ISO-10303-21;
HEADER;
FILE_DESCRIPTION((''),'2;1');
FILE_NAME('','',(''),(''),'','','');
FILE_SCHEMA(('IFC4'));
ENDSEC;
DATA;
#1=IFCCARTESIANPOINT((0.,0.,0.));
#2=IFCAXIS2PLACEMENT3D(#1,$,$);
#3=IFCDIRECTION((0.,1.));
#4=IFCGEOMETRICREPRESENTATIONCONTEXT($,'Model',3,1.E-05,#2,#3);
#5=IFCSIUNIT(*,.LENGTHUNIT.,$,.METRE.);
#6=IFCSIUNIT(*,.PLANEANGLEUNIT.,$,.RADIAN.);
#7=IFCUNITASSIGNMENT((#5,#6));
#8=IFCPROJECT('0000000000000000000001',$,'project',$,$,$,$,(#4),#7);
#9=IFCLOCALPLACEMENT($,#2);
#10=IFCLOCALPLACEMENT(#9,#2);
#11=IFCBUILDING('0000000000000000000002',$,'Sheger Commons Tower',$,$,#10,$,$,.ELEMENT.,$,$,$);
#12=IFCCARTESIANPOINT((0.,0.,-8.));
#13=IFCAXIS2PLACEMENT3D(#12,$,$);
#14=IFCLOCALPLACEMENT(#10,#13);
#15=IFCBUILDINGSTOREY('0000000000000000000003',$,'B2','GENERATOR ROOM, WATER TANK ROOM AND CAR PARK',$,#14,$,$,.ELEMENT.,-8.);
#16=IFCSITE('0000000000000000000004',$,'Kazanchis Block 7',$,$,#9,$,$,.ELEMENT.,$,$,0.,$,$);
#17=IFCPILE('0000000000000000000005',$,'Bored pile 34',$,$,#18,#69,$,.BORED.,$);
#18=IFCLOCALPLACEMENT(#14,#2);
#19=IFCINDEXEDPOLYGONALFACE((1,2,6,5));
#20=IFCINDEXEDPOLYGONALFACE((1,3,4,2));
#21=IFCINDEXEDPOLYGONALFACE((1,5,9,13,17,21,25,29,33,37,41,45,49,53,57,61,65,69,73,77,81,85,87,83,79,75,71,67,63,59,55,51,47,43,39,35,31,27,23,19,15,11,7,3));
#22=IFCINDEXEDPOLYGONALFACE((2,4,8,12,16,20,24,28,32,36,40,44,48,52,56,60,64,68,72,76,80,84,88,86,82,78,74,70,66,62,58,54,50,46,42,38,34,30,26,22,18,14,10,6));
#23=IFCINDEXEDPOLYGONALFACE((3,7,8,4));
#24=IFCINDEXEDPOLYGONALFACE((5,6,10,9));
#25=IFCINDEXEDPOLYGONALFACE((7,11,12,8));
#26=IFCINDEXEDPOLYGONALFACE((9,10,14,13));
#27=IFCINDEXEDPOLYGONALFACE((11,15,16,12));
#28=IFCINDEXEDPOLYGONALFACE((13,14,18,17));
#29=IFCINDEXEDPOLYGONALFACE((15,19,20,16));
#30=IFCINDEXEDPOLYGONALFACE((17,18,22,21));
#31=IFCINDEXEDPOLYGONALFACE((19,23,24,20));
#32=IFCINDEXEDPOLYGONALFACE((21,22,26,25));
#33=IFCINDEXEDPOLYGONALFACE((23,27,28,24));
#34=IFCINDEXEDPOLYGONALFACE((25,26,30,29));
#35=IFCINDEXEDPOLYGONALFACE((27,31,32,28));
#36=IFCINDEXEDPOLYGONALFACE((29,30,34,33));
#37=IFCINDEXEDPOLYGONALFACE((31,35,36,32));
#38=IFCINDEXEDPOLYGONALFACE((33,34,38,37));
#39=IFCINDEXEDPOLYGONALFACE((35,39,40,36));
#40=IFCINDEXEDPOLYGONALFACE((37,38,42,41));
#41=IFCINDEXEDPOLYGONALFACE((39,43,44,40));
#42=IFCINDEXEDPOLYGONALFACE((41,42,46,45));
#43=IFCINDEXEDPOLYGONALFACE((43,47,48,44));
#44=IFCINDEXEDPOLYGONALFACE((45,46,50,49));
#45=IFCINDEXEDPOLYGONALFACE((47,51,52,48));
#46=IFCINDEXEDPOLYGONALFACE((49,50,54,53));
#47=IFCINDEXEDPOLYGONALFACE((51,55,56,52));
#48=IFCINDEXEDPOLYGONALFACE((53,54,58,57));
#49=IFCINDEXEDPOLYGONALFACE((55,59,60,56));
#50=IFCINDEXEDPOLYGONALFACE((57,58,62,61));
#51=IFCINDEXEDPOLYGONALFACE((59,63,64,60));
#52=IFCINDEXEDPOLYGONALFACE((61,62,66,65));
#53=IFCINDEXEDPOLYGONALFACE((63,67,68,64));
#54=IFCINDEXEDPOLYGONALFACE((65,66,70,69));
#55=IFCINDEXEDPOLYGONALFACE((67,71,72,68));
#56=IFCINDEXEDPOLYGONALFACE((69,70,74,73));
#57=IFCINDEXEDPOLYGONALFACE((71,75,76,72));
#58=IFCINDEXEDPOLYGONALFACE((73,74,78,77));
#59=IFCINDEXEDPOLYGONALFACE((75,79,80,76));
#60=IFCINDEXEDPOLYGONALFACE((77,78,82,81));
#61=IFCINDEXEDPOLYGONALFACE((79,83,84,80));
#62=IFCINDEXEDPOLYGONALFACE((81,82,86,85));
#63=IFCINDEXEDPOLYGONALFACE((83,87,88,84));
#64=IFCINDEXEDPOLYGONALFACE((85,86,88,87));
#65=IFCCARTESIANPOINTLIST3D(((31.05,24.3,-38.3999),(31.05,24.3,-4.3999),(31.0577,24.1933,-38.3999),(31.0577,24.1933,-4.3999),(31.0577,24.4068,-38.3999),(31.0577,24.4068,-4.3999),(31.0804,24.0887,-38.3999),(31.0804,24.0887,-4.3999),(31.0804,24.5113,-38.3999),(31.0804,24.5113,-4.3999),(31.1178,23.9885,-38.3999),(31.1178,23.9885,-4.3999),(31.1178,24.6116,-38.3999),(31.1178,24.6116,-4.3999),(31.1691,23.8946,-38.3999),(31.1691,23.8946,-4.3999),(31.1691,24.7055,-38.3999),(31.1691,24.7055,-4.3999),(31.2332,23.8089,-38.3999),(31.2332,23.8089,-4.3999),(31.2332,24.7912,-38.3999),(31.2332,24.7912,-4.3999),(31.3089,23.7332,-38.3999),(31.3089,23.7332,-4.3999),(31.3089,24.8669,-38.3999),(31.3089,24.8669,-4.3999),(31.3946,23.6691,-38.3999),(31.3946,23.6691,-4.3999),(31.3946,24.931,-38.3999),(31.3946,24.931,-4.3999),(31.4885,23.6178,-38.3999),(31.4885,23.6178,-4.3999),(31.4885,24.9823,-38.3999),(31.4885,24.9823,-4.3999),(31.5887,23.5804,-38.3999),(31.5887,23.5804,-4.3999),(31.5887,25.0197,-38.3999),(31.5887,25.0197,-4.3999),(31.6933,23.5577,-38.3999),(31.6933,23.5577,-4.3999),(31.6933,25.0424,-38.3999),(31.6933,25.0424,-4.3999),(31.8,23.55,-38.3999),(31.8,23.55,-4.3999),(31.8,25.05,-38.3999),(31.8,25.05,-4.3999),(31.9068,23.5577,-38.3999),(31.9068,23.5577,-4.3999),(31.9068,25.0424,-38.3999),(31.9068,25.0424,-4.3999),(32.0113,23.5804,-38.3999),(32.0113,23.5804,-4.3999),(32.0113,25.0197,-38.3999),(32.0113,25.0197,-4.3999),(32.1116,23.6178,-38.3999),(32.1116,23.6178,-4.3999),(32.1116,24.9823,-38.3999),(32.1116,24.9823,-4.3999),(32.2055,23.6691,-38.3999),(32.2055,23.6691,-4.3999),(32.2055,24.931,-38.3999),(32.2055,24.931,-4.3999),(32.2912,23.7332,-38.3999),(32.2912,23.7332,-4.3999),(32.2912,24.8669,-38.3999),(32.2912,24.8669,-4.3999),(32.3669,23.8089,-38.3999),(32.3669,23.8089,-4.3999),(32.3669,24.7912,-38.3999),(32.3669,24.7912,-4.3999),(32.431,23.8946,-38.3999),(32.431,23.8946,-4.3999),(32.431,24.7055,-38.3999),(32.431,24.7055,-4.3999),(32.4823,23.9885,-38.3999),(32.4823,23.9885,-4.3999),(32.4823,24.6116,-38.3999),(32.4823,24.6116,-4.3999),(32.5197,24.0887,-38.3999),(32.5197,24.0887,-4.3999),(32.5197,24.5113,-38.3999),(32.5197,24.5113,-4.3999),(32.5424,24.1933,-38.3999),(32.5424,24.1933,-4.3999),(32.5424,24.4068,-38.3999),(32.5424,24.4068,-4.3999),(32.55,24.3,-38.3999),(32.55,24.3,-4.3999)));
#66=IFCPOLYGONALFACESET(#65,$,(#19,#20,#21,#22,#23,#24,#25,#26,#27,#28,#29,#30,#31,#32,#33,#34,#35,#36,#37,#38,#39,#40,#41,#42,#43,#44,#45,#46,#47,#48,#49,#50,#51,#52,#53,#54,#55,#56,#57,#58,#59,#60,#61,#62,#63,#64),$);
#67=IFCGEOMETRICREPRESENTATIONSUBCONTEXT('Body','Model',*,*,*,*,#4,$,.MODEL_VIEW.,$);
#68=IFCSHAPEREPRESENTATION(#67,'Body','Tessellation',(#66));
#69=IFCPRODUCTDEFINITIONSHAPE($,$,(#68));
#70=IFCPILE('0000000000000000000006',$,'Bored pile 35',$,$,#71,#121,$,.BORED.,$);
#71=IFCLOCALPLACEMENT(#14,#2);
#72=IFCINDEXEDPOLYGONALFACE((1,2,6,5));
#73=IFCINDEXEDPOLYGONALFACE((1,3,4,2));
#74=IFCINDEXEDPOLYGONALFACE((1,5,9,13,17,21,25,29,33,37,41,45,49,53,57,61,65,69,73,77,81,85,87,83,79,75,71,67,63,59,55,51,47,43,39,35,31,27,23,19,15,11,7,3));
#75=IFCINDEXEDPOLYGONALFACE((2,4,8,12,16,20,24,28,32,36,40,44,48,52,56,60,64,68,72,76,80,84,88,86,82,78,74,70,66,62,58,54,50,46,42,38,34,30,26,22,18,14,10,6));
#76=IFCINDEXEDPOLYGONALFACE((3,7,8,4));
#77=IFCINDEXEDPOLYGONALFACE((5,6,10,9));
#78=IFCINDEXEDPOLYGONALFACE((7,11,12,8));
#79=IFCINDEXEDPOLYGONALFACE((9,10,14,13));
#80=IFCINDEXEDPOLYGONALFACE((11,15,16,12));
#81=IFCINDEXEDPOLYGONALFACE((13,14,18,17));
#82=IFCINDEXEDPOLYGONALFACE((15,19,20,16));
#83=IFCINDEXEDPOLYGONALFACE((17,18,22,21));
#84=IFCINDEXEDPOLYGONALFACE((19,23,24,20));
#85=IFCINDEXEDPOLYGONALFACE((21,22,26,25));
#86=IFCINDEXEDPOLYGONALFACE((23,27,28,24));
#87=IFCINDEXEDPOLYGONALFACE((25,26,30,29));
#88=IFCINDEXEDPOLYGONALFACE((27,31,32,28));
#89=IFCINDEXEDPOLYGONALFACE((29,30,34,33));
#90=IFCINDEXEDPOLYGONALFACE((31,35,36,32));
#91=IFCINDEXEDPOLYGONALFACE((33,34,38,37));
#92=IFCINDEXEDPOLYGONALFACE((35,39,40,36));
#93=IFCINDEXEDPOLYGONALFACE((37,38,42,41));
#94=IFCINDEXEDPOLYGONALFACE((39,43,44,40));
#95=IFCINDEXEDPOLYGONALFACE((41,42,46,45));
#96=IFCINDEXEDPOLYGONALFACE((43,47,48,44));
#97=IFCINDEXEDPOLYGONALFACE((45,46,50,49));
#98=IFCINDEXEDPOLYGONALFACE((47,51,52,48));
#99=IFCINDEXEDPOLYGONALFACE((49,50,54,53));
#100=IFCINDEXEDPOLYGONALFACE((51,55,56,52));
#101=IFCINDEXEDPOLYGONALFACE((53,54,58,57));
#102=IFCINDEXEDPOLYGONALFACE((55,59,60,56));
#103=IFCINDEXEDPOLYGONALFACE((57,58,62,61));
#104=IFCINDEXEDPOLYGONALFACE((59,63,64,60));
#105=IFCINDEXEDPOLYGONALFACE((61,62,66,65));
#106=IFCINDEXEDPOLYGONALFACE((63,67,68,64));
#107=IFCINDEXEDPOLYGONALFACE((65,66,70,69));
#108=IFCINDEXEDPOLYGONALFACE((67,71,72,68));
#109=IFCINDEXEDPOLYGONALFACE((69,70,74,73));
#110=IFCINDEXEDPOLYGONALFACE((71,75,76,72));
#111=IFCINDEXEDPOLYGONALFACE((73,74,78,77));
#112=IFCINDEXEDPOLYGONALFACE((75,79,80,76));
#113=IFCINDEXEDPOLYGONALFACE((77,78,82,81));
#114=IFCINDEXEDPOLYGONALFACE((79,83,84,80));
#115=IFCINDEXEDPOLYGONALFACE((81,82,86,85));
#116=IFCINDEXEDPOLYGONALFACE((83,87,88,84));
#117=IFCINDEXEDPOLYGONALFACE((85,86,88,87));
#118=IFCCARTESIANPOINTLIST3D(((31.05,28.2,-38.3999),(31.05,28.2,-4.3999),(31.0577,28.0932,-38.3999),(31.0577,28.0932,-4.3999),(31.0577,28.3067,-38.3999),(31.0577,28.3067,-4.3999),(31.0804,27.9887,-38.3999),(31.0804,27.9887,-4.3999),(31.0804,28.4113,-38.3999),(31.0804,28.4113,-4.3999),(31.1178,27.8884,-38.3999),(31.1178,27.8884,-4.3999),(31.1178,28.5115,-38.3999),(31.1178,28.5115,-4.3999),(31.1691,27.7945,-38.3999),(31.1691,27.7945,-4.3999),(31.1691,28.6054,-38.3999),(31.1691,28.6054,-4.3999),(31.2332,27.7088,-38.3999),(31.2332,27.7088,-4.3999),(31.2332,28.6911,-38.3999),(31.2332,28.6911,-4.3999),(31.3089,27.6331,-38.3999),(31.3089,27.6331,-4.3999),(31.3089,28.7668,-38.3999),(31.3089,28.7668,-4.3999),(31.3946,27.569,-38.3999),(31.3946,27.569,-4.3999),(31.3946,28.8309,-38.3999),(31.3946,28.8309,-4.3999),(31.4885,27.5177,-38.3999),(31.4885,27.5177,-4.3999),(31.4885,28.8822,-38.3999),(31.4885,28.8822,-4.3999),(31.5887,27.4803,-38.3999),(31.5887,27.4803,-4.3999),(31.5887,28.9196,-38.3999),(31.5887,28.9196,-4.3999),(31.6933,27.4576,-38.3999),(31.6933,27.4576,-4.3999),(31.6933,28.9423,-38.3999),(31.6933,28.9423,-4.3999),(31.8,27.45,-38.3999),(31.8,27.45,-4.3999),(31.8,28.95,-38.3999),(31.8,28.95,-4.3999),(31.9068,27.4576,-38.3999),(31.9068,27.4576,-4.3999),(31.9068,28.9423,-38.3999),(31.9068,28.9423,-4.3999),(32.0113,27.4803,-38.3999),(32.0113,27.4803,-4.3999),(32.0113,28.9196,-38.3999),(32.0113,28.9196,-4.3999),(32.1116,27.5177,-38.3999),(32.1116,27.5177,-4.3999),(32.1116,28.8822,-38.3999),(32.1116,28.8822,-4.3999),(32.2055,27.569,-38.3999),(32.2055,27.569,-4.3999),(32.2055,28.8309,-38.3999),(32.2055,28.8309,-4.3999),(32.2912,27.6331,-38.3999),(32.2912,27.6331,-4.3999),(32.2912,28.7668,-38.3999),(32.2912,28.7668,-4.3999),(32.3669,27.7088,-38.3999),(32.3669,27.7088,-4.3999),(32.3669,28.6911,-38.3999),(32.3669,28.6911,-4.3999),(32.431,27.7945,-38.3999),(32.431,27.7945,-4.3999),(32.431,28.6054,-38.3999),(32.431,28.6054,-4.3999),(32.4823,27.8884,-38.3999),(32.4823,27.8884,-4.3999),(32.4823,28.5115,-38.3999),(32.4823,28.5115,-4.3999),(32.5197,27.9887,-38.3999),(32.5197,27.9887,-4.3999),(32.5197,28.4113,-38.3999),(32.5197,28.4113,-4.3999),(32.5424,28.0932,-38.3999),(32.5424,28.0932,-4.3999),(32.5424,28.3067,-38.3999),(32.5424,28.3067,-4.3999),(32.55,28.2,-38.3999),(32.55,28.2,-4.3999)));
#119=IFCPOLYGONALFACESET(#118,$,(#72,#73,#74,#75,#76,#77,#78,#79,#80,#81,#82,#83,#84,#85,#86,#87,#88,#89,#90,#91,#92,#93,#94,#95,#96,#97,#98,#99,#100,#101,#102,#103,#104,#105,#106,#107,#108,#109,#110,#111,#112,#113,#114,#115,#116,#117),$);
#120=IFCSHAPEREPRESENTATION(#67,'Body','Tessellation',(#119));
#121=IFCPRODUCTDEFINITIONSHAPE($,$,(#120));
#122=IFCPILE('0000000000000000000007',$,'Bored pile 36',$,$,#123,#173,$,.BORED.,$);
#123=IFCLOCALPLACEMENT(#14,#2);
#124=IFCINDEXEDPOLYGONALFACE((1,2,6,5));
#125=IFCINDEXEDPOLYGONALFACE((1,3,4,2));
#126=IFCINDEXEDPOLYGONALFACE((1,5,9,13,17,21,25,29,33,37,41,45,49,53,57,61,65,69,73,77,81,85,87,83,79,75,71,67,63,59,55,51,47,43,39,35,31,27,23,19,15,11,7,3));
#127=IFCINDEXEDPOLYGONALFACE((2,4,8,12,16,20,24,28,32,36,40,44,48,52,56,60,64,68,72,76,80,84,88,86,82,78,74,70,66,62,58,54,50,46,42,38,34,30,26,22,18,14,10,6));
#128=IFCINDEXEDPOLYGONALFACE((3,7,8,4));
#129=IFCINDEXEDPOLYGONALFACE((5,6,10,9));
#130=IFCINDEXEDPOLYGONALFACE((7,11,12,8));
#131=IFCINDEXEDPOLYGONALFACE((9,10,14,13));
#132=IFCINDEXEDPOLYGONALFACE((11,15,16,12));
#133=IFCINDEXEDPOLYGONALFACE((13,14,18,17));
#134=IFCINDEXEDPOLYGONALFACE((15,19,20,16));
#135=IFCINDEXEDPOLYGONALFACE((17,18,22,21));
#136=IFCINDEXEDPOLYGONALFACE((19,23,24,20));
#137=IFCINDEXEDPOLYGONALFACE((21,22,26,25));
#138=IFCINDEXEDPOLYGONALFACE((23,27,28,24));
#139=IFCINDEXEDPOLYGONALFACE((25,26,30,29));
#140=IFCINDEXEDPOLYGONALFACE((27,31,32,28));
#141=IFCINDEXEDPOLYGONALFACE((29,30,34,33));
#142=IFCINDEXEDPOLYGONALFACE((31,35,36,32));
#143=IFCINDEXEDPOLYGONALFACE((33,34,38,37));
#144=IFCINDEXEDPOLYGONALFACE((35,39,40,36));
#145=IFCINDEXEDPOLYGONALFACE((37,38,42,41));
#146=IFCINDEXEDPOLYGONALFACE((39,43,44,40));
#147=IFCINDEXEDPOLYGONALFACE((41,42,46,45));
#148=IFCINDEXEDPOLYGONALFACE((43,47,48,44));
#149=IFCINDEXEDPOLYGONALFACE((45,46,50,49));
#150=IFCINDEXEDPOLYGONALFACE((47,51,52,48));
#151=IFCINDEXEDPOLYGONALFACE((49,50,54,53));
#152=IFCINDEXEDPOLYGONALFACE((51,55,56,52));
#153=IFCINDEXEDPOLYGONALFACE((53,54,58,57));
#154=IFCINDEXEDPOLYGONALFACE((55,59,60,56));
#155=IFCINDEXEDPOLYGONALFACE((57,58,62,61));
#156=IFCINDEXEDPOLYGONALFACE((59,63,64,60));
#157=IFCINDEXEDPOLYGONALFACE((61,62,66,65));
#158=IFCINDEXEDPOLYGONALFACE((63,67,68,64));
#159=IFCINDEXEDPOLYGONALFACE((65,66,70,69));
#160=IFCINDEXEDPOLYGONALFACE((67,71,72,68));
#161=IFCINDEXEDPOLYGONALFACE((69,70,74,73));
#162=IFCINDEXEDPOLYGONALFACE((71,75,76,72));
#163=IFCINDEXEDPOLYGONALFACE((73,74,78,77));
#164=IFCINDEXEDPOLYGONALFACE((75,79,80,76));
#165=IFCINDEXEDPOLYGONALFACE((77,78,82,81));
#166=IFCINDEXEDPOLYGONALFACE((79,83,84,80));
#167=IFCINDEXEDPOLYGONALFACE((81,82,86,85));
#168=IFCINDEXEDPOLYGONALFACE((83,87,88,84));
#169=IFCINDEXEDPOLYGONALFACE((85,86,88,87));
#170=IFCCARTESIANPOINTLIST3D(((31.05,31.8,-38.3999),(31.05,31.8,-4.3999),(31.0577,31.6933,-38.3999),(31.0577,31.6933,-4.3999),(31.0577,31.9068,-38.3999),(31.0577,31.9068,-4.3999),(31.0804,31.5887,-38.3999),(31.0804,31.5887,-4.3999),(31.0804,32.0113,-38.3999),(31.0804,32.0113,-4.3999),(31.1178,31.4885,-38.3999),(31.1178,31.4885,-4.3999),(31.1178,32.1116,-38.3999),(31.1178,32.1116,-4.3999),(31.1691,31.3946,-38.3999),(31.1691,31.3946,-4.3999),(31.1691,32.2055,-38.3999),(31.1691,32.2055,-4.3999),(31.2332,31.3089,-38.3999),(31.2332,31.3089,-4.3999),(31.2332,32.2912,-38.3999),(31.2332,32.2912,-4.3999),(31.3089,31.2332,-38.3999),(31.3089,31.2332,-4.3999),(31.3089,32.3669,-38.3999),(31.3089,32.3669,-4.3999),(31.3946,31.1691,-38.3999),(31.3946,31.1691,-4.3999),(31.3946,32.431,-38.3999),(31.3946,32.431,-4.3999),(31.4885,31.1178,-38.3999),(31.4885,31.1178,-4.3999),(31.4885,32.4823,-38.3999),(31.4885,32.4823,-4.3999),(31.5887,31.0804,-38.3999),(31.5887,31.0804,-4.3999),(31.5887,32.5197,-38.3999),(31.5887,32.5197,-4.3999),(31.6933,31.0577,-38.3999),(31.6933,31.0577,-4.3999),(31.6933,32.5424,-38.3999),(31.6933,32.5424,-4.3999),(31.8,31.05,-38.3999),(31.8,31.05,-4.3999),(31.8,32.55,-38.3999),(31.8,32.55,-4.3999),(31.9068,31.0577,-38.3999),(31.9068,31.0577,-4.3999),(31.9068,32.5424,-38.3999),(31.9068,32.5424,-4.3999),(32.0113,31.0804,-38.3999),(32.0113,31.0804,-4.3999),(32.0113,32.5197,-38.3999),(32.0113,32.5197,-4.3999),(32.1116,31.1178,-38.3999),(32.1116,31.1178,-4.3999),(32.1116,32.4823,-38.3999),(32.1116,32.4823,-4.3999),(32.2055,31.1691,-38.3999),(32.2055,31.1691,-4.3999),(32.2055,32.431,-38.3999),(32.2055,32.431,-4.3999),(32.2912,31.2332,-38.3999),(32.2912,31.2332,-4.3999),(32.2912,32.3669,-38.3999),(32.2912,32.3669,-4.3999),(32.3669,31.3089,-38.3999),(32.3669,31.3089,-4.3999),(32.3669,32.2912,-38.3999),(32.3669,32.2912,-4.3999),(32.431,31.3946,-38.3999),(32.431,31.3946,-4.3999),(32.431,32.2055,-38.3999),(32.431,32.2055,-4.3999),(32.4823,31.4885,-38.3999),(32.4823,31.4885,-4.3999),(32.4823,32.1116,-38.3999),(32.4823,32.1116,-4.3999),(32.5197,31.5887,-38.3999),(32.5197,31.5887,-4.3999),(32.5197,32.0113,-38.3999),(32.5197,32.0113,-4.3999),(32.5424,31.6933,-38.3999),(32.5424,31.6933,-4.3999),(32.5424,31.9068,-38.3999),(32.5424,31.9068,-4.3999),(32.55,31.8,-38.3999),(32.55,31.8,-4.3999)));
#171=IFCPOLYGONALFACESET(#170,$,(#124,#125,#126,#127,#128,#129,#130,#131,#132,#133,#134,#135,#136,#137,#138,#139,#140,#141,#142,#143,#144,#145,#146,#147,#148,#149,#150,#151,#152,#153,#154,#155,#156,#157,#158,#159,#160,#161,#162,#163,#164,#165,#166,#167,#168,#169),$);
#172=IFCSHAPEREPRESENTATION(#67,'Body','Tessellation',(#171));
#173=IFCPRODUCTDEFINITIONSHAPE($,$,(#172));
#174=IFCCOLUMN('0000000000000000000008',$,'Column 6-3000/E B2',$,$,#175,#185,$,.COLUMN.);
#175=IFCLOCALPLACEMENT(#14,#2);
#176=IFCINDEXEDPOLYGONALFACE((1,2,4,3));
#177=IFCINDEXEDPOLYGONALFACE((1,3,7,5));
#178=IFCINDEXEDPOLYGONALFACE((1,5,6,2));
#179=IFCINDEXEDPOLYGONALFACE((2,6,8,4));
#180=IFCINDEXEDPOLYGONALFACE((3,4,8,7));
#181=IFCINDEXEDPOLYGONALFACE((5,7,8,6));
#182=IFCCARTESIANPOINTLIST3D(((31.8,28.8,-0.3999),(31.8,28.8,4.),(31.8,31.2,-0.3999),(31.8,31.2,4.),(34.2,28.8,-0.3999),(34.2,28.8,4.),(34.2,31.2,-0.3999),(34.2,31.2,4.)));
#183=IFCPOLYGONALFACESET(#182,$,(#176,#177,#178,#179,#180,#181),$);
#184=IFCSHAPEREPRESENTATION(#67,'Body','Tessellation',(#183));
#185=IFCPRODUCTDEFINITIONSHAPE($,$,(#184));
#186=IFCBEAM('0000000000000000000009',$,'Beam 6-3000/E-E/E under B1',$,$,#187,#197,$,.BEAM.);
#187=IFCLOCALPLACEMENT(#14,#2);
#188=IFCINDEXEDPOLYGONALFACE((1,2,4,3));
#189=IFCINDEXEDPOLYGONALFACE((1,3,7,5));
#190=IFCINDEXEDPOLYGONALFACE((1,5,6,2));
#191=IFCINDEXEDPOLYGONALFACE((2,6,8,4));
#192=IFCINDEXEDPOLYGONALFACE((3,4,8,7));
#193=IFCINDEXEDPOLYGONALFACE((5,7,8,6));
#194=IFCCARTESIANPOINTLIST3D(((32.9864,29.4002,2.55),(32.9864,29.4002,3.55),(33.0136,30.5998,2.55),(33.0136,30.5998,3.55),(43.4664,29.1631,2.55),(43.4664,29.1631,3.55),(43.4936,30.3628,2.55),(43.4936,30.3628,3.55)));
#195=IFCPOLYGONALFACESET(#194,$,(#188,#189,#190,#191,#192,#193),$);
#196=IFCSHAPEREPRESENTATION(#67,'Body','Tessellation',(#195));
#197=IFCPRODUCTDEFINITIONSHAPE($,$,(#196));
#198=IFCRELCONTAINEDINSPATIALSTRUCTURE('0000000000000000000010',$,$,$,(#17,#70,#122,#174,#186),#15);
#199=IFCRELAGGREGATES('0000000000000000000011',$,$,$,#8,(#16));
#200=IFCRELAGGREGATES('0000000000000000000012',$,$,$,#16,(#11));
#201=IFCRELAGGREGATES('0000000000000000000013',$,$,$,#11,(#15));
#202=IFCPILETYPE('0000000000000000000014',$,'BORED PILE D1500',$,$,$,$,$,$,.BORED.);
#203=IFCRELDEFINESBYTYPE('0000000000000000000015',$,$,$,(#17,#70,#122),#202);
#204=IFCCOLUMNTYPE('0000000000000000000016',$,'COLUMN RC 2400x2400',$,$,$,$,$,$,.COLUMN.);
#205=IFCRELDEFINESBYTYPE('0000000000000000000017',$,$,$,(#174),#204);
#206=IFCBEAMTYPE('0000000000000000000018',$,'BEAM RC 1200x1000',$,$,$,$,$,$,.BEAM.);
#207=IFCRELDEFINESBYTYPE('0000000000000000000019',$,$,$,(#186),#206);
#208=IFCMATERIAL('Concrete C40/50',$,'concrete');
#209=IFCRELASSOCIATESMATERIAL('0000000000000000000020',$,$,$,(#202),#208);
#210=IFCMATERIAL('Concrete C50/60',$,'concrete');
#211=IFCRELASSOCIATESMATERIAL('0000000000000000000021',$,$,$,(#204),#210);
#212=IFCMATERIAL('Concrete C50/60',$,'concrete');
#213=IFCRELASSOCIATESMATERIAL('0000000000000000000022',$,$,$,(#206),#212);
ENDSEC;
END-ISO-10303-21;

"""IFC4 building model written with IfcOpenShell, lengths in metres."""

from ifc_helpers import new_model, si_unit, direction, frame, origin, origin_2d, place, context, subcontext, project, spatial, rectangle, circle, extrude, material, material_profile, profile_set, type_object, element, save


model = new_model("IFC4")

# Units and contexts
model_context = context("Model", 3, precision=1e-05, world=origin(), true_north=direction((0.0, 1.0)))
body_context = subcontext(model_context, "Body", "Model", "MODEL_VIEW")
ifc_project = project(units=[si_unit("LENGTHUNIT", "METRE"), si_unit("PLANEANGLEUNIT", "RADIAN")], contexts=[model_context])

# Site, building, storey
site_placement = place(None, origin())
site = spatial("IfcSite", under=ifc_project, at=site_placement, Name="Kazanchis Block 7", CompositionType="ELEMENT", RefElevation=0.0)
building_placement = place(site_placement, origin())
building = spatial("IfcBuilding", under=site, at=building_placement, Name="Sheger Commons Tower", CompositionType="ELEMENT")
storey_placement = place(building_placement, frame((0.0, 0.0, -8.0)))
storey = spatial("IfcBuildingStorey", under=building, at=storey_placement, Name="B2", Description="GENERATOR ROOM, WATER TANK ROOM AND CAR PARK", CompositionType="ELEMENT", Elevation=-8.0)

# Piles
ifc_material_1 = material(Name="Concrete C40/50", Category="concrete")
ifc_material_profile_1 = material_profile(ifc_material_1, circle(Radius=0.75, at=origin_2d()), Name="PILE D1500")
ifc_profile_set_1 = profile_set([ifc_material_profile_1], Name="Concrete C40/50")
pile_type = type_object("IfcPileType", Name="BORED PILE D1500", PredefinedType="BORED", material=ifc_profile_set_1)
for number, where, z_axis, x_axis, name in (
    (1, (31.8, 24.3, -4.3999), (0.0, 0.0, -1.0), (1.0, 0.0, 0.0), "Bored pile 34"),
    (2, (31.8, 28.2, -4.3999), (0.0, 0.0, -1.0), (1.0, 0.0, 0.0), "Bored pile 35"),
    (3, (31.8, 31.8, -4.3999), (0.0, 0.0, -1.0), (1.0, 0.0, 0.0), "Bored pile 36"),
):
    element("IfcPile", number, at=place(storey_placement, frame(where, z_axis=z_axis, x_axis=x_axis)), inside=storey, type_object=pile_type, Name=name, PredefinedType="BORED", context=body_context, shape_type="SweptSolid", body=[
        extrude(circle(Radius=0.75, at=origin_2d()), origin(), (0.0, 0.0, 1.0), 34.0),
    ])

# Column
ifc_material_2 = material(Name="Concrete C50/60", Category="concrete")
ifc_material_profile_2 = material_profile(ifc_material_2, rectangle(XDim=2.3999, YDim=2.3999, at=origin_2d()), Name="RC 2400x2400")
ifc_profile_set_2 = profile_set([ifc_material_profile_2], Name="Concrete C50/60")
column_type = type_object("IfcColumnType", Name="COLUMN RC 2400x2400", PredefinedType="COLUMN", material=ifc_profile_set_2)
column_placement = place(storey_placement, frame((33.0, 30.0, -0.3999), z_axis=(0.0, 0.0, 1.0), x_axis=(1.0, 0.0, 0.0)))
element("IfcColumn", 4, at=column_placement, inside=storey, type_object=column_type, Name="Column 6-3000/E B2", PredefinedType="COLUMN", context=body_context, shape_type="SweptSolid", body=[
    extrude(rectangle(XDim=2.3999, YDim=2.3999, at=origin_2d()), origin(), (0.0, 0.0, 1.0), 4.3999),
])

# Beam
ifc_material_3 = material(Name="Concrete C50/60", Category="concrete")
ifc_material_profile_3 = material_profile(ifc_material_3, rectangle(XDim=1.2, YDim=1.0, at=origin_2d()), Name="RC 1200x1000")
ifc_profile_set_3 = profile_set([ifc_material_profile_3], Name="Concrete C50/60")
beam_type = type_object("IfcBeamType", Name="BEAM RC 1200x1000", PredefinedType="BEAM", material=ifc_profile_set_3)
beam_placement = place(storey_placement, frame((33.0, 30.0, 3.05), z_axis=(0.999744, -0.022615, 0.0), x_axis=(0.022615, 0.999744, 0.0)))
element("IfcBeam", 5, at=beam_placement, inside=storey, type_object=beam_type, Name="Beam 6-3000/E-E/E under B1", PredefinedType="BEAM", context=body_context, shape_type="SweptSolid", body=[
    extrude(rectangle(XDim=1.2, YDim=1.0, at=origin_2d()), origin(), (0.0, 0.0, 1.0), 10.4827),
])

save(model, "model.ifc")
